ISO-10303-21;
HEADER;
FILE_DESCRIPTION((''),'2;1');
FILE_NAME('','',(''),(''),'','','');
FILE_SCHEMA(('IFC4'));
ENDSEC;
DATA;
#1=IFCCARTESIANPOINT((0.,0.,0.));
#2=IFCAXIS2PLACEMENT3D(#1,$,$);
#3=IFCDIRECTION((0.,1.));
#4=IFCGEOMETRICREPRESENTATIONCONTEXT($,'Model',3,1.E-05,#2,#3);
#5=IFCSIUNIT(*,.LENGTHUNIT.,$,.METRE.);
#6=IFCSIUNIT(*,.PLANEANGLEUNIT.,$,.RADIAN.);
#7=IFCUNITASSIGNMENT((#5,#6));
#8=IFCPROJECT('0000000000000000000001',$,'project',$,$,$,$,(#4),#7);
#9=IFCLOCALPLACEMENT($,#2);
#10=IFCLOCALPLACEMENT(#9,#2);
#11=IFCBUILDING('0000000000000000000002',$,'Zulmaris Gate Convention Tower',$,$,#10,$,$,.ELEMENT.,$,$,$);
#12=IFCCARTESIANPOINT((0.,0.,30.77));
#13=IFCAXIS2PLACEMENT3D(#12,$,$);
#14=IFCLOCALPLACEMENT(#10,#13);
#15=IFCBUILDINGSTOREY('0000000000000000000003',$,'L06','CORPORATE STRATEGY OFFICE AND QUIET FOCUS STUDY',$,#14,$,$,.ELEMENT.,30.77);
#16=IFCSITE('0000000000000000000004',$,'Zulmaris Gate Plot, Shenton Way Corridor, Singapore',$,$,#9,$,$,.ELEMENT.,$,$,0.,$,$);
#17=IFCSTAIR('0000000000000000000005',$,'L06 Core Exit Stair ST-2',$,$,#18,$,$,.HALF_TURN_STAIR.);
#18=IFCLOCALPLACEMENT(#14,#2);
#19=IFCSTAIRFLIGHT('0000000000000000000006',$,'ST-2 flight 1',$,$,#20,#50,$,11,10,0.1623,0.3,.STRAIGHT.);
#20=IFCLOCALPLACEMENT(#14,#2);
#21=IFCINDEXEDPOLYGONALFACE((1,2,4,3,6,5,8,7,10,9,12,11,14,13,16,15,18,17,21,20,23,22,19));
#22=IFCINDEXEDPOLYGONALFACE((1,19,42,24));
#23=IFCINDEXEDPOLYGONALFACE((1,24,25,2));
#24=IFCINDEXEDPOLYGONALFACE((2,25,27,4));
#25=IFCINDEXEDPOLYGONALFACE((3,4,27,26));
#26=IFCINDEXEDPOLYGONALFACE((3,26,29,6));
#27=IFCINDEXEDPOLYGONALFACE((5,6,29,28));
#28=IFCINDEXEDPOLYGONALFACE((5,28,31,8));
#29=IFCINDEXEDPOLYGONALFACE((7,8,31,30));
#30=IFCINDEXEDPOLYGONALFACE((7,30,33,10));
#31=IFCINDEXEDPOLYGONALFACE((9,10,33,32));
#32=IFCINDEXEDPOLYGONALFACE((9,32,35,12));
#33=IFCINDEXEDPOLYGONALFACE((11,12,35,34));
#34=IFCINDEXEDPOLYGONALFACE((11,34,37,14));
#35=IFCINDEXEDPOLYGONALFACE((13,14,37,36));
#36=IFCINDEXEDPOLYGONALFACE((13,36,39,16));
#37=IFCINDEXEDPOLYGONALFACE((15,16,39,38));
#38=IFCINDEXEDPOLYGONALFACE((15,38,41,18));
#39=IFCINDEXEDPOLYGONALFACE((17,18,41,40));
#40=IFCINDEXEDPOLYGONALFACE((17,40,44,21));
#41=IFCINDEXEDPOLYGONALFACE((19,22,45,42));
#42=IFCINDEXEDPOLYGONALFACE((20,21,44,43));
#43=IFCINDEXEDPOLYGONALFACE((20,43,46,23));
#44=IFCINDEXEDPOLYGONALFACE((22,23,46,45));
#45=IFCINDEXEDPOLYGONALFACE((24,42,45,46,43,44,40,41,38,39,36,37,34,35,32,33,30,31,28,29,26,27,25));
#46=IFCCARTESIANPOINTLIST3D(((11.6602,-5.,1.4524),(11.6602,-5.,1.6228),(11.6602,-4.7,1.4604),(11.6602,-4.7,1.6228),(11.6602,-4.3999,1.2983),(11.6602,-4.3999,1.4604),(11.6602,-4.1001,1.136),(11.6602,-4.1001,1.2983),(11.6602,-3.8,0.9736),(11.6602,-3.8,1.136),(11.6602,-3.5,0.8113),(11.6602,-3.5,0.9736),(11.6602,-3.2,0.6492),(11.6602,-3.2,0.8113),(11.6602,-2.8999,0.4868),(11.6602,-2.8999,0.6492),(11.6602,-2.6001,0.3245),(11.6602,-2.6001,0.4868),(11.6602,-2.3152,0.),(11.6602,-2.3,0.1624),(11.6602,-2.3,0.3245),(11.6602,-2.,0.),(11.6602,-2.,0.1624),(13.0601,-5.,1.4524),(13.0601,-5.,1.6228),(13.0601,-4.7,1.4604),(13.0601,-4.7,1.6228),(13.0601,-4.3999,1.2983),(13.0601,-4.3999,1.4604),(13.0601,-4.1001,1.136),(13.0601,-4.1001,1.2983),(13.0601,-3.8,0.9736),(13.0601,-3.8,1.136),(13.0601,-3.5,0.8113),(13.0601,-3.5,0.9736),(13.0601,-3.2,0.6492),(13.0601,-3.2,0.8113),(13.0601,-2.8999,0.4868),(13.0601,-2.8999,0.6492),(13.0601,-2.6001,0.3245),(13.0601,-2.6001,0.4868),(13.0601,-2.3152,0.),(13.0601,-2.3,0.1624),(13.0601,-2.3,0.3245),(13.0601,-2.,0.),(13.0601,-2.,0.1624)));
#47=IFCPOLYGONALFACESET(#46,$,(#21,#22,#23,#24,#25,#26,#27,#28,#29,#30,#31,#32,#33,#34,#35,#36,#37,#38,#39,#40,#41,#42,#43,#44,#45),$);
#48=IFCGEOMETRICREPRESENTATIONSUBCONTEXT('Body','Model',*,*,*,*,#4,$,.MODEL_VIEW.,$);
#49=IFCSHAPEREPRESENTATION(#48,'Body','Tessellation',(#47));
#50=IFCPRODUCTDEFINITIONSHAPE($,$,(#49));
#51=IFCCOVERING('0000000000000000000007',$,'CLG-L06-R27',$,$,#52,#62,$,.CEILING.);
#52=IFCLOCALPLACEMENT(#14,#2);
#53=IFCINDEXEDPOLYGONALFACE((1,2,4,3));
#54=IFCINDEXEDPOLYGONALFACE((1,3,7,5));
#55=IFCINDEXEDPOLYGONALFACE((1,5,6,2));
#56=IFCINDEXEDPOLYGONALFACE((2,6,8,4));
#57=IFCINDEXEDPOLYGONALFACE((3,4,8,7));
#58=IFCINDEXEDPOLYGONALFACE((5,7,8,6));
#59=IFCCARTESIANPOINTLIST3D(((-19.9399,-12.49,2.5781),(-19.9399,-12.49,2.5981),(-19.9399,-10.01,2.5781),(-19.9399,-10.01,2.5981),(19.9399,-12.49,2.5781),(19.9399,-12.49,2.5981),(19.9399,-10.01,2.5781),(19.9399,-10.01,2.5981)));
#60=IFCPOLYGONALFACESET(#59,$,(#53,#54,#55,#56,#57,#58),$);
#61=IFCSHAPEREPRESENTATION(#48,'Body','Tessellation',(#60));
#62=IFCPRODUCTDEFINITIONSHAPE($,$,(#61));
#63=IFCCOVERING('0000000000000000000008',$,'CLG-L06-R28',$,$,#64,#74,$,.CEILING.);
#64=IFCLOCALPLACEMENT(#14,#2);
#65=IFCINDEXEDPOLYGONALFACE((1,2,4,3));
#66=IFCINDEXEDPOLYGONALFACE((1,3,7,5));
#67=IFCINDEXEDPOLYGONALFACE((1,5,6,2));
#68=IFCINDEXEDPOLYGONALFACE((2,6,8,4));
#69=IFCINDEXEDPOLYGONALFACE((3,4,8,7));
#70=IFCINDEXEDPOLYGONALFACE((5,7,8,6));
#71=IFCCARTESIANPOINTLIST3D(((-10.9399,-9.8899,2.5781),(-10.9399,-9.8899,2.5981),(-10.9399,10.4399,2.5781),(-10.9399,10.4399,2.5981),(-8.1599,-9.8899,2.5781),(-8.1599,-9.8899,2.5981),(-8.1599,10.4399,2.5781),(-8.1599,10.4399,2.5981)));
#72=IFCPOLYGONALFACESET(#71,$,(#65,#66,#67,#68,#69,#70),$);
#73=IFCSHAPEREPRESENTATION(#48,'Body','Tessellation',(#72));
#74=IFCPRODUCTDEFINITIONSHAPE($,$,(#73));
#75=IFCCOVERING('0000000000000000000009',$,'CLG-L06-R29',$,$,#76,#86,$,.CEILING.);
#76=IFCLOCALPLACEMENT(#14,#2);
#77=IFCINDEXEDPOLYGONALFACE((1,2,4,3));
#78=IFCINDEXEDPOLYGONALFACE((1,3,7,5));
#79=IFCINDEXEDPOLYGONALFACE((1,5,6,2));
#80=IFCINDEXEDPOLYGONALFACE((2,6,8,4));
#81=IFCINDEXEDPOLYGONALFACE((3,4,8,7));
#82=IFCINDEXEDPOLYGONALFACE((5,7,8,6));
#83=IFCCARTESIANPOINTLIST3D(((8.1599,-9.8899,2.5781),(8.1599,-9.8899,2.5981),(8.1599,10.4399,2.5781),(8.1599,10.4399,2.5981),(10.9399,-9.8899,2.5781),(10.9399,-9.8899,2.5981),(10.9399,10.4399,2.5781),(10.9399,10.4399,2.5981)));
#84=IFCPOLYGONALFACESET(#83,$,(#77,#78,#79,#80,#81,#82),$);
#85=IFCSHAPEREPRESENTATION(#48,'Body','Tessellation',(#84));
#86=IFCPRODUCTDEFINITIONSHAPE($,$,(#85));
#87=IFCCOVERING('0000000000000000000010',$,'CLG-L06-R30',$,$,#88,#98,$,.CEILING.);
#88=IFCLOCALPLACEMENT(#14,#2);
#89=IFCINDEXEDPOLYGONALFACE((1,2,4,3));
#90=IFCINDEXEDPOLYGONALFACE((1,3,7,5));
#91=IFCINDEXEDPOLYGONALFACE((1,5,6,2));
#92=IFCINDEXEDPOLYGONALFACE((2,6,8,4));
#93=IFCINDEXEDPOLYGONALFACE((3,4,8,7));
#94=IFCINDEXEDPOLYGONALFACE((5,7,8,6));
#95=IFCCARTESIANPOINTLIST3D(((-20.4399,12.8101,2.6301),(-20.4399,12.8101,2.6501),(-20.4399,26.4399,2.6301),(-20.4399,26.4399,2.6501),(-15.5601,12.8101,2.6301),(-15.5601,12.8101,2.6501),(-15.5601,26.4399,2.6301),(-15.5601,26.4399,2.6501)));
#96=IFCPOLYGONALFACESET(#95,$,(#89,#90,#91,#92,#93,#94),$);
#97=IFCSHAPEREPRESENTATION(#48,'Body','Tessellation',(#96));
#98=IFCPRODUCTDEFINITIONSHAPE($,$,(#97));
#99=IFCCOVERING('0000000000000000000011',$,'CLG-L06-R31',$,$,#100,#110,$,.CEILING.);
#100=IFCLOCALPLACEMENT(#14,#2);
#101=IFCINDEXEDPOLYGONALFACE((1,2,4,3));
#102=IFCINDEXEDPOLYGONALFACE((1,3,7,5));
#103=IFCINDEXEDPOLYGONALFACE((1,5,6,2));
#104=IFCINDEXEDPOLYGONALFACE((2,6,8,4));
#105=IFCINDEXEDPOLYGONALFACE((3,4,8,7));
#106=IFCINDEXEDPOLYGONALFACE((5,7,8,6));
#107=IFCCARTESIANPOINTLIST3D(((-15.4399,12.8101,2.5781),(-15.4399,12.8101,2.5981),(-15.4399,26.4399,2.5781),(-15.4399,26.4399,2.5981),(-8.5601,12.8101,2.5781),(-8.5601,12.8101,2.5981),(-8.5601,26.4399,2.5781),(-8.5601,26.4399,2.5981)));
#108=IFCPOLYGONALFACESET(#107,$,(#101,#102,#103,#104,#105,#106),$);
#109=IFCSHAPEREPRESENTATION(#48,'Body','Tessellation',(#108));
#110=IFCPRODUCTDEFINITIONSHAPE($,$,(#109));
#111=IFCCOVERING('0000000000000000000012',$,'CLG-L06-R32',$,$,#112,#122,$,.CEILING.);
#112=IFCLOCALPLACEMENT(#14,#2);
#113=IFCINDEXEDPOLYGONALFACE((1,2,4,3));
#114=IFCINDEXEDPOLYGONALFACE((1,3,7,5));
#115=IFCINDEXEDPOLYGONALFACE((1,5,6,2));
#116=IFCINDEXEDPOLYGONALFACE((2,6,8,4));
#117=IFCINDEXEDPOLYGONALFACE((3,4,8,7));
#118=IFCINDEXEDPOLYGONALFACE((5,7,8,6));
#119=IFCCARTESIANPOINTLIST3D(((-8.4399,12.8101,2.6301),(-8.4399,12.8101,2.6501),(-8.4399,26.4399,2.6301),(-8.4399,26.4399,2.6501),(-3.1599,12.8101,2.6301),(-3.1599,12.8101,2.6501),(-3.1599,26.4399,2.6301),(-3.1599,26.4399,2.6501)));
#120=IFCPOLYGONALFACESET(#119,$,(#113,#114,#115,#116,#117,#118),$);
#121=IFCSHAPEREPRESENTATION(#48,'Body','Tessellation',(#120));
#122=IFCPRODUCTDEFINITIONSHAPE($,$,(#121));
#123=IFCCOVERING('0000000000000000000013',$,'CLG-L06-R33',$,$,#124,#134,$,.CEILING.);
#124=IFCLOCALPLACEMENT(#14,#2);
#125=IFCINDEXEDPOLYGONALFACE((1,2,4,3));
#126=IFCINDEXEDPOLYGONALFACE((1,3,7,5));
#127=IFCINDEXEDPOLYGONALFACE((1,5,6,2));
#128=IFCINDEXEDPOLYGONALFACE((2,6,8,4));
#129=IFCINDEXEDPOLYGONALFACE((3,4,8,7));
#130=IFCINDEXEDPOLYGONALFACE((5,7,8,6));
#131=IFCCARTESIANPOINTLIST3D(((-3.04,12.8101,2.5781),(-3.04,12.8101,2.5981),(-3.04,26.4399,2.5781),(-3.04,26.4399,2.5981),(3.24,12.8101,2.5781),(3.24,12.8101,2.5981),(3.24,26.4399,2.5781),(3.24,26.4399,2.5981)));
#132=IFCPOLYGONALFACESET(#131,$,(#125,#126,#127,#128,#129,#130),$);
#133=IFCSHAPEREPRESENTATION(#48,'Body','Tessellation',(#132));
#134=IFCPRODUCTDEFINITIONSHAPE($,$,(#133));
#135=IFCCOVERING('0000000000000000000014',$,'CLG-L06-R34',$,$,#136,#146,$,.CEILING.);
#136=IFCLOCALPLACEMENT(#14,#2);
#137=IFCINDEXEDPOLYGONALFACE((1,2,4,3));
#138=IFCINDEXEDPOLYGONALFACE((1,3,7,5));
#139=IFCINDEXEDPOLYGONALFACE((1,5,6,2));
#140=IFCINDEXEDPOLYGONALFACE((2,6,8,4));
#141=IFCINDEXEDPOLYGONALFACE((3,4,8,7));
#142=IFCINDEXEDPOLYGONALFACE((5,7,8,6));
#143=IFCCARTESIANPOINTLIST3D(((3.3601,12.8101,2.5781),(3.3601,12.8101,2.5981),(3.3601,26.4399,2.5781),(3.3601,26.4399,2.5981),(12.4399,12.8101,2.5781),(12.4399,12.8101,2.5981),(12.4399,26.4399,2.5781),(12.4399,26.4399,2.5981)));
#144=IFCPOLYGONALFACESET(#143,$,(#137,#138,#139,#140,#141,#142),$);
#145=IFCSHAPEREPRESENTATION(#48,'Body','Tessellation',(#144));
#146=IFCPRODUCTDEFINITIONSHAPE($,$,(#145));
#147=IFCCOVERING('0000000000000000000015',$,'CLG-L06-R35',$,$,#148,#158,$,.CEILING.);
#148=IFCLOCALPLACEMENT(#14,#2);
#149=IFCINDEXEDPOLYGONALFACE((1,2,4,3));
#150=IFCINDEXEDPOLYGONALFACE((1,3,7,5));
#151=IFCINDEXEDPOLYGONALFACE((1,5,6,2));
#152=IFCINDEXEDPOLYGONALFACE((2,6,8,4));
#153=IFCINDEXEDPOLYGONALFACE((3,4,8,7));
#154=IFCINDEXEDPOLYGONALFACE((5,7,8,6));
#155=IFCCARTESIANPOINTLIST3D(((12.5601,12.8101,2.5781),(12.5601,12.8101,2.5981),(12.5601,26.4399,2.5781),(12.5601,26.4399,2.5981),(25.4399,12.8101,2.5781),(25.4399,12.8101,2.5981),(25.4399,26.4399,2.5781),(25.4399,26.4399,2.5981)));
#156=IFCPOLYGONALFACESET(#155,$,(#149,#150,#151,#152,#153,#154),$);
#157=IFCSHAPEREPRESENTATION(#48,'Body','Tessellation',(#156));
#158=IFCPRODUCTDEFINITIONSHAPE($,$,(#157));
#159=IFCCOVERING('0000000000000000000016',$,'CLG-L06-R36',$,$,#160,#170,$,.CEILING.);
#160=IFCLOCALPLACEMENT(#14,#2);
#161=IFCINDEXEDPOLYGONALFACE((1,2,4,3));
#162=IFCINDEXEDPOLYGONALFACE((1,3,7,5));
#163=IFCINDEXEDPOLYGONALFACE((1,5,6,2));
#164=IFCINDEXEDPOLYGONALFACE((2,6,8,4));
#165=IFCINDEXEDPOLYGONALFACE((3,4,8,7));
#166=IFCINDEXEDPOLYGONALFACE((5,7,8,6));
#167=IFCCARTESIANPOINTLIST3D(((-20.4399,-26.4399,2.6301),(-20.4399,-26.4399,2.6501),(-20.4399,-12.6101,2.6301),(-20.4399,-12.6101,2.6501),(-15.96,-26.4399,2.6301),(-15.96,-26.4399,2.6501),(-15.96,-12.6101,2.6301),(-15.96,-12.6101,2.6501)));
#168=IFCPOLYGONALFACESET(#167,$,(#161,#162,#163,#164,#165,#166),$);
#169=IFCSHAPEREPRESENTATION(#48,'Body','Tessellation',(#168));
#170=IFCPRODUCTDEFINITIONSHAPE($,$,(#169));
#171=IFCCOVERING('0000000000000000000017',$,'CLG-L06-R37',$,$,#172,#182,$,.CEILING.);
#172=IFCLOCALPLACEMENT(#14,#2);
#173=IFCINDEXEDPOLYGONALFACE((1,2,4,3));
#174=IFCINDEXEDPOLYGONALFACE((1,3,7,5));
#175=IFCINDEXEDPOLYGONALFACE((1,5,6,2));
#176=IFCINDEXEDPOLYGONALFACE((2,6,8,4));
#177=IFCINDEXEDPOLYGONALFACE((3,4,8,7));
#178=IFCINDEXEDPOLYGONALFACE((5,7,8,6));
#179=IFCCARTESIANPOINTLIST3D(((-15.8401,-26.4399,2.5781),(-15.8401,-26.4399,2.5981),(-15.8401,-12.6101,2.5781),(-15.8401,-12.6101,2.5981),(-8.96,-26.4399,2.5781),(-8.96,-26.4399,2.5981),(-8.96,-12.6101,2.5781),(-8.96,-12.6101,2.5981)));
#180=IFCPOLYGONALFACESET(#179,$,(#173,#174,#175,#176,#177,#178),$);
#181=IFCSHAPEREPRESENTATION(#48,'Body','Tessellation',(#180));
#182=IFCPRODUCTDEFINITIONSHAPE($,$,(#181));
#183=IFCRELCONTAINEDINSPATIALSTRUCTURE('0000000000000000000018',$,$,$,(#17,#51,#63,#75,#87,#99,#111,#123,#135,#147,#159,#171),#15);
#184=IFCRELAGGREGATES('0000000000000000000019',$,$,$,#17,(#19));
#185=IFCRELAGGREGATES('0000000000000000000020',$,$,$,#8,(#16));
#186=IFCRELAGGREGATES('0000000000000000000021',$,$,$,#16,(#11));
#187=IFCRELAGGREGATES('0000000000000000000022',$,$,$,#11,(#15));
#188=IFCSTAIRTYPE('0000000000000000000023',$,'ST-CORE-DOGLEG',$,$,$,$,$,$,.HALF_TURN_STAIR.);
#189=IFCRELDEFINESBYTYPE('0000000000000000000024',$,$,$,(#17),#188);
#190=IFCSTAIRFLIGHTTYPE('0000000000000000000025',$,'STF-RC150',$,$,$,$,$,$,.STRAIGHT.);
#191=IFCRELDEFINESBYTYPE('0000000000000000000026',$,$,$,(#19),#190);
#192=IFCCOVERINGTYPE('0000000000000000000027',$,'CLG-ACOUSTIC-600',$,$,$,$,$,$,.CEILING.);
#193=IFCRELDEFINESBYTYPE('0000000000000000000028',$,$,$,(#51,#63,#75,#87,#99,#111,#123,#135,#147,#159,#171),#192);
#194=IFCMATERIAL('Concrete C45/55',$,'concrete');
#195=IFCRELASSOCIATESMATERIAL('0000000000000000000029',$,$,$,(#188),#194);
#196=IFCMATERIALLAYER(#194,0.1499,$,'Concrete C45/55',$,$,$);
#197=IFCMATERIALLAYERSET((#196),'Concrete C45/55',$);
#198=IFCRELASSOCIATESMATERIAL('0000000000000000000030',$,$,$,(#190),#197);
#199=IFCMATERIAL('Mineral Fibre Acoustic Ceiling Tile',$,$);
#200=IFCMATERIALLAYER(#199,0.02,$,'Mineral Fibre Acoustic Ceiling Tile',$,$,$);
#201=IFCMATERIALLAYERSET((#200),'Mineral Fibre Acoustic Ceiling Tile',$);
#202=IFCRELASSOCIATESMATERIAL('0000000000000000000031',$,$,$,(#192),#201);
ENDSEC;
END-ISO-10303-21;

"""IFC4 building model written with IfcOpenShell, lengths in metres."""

from ifc_helpers import new_model, si_unit, direction, frame, origin, place, context, subcontext, project, spatial, polyline, outline, extrude, material, layer, layer_set, type_object, element, aggregate, save


model = new_model("IFC4")

# Units and contexts
model_context = context("Model", 3, precision=1e-05, world=origin(), true_north=direction((0.0, 1.0)))
body_context = subcontext(model_context, "Body", "Model", "MODEL_VIEW")
ifc_project = project(units=[si_unit("LENGTHUNIT", "METRE"), si_unit("PLANEANGLEUNIT", "RADIAN")], contexts=[model_context])

# Site, building, storey
site_placement = place(None, origin())
site = spatial("IfcSite", under=ifc_project, at=site_placement, Name="Zulmaris Gate Plot, Shenton Way Corridor, Singapore", CompositionType="ELEMENT", RefElevation=0.0)
building_placement = place(site_placement, origin())
building = spatial("IfcBuilding", under=site, at=building_placement, Name="Zulmaris Gate Convention Tower", CompositionType="ELEMENT")
storey_placement = place(building_placement, frame((0.0, 0.0, 30.77)))
storey = spatial("IfcBuildingStorey", under=building, at=storey_placement, Name="L06", Description="CORPORATE STRATEGY OFFICE AND QUIET FOCUS STUDY", CompositionType="ELEMENT", Elevation=30.77)

# Stair, stair flight
ifc_material_1 = material(Name="Concrete C45/55", Category="concrete")
stair_type = type_object("IfcStairType", Name="ST-CORE-DOGLEG", PredefinedType="HALF_TURN_STAIR", material=ifc_material_1)
stair_placement = place(storey_placement, origin())
stair = element("IfcStair", 1, at=stair_placement, inside=storey, type_object=stair_type, Name="L06 Core Exit Stair ST-2", PredefinedType="HALF_TURN_STAIR")
ifc_layer_1 = layer(ifc_material_1, 0.1499, Name="Concrete C45/55")
ifc_layer_set_1 = layer_set([ifc_layer_1], Name="Concrete C45/55")
stair_flight_type = type_object("IfcStairFlightType", Name="STF-RC150", PredefinedType="STRAIGHT", material=ifc_layer_set_1)
stair_flight_placement = place(storey_placement, frame((12.3601, -2.0, 0.0), z_axis=(0.0, 0.0, 1.0), x_axis=(0.0, -1.0, 0.0)))
stair_flight = element("IfcStairFlight", 2, at=stair_flight_placement, type_object=stair_flight_type, Name="ST-2 flight 1", NumberOfRisers=11, NumberOfTreads=10, PredefinedType="STRAIGHT", RiserHeight=0.1623, TreadLength=0.3, context=body_context, shape_type="SweptSolid", body=[
    extrude(outline(polyline([(0.0, 0.0), (0.0, 0.1624), (0.3, 0.1624), (0.3, 0.3245), (0.6001, 0.3245), (0.6001, 0.4868), (0.8999, 0.4868), (0.8999, 0.6492), (1.2, 0.6492), (1.2, 0.8113), (1.5, 0.8113), (1.5, 0.9736), (1.8, 0.9736), (1.8, 1.136), (2.1001, 1.136), (2.1001, 1.2983), (2.3999, 1.2983), (2.3999, 1.4604), (2.7, 1.4604), (2.7, 1.6228), (3.0, 1.6228), (3.0, 1.7852), (3.0, 1.4524), (0.3152, 0.0), (0.0, 0.0)])), frame((0.0, 0.7, 0.0), z_axis=(0.0, -1.0, 0.0), x_axis=(1.0, 0.0, 0.0)), (0.0, 0.0, 1.0), 1.3999),
])
aggregate(stair, [stair_flight])

# Coverings
ifc_material_2 = material(Name="Mineral Fibre Acoustic Ceiling Tile")
ifc_layer_2 = layer(ifc_material_2, 0.02, Name="Mineral Fibre Acoustic Ceiling Tile")
ifc_layer_set_2 = layer_set([ifc_layer_2], Name="Mineral Fibre Acoustic Ceiling Tile")
covering_type_1 = type_object("IfcCoveringType", Name="CLG-ACOUSTIC-600", PredefinedType="CEILING", material=ifc_layer_set_2)
covering_1_placement = place(storey_placement, frame((0.0, 0.0, 2.5781)))
element("IfcCovering", 3, at=covering_1_placement, inside=storey, type_object=covering_type_1, Name="CLG-L06-R27", PredefinedType="CEILING", context=body_context, shape_type="SweptSolid", body=[
    extrude(outline(polyline([(-19.9399, -12.49), (19.9399, -12.49), (19.9399, -10.01), (-19.9399, -10.01), (-19.9399, -12.49)])), origin(), (0.0, 0.0, 1.0), 0.02),
])
covering_2_placement = place(storey_placement, frame((0.0, 0.0, 2.5781)))
element("IfcCovering", 4, at=covering_2_placement, inside=storey, type_object=covering_type_1, Name="CLG-L06-R28", PredefinedType="CEILING", context=body_context, shape_type="SweptSolid", body=[
    extrude(outline(polyline([(-10.9399, -9.8899), (-8.1599, -9.8899), (-8.1599, 10.4399), (-10.9399, 10.4399), (-10.9399, -9.8899)])), origin(), (0.0, 0.0, 1.0), 0.02),
])
covering_3_placement = place(storey_placement, frame((0.0, 0.0, 2.5781)))
element("IfcCovering", 5, at=covering_3_placement, inside=storey, type_object=covering_type_1, Name="CLG-L06-R29", PredefinedType="CEILING", context=body_context, shape_type="SweptSolid", body=[
    extrude(outline(polyline([(8.1599, -9.8899), (10.9399, -9.8899), (10.9399, 10.4399), (8.1599, 10.4399), (8.1599, -9.8899)])), origin(), (0.0, 0.0, 1.0), 0.02),
])
covering_4_placement = place(storey_placement, frame((0.0, 0.0, 2.6301)))
element("IfcCovering", 6, at=covering_4_placement, inside=storey, type_object=covering_type_1, Name="CLG-L06-R30", PredefinedType="CEILING", context=body_context, shape_type="SweptSolid", body=[
    extrude(outline(polyline([(-20.4399, 12.8101), (-15.5601, 12.8101), (-15.5601, 26.4399), (-20.4399, 26.4399), (-20.4399, 12.8101)])), origin(), (0.0, 0.0, 1.0), 0.02),
])
covering_5_placement = place(storey_placement, frame((0.0, 0.0, 2.5781)))
element("IfcCovering", 7, at=covering_5_placement, inside=storey, type_object=covering_type_1, Name="CLG-L06-R31", PredefinedType="CEILING", context=body_context, shape_type="SweptSolid", body=[
    extrude(outline(polyline([(-15.4399, 12.8101), (-8.5601, 12.8101), (-8.5601, 26.4399), (-15.4399, 26.4399), (-15.4399, 12.8101)])), origin(), (0.0, 0.0, 1.0), 0.02),
])
covering_6_placement = place(storey_placement, frame((0.0, 0.0, 2.6301)))
element("IfcCovering", 8, at=covering_6_placement, inside=storey, type_object=covering_type_1, Name="CLG-L06-R32", PredefinedType="CEILING", context=body_context, shape_type="SweptSolid", body=[
    extrude(outline(polyline([(-8.4399, 12.8101), (-3.1599, 12.8101), (-3.1599, 26.4399), (-8.4399, 26.4399), (-8.4399, 12.8101)])), origin(), (0.0, 0.0, 1.0), 0.02),
])
covering_7_placement = place(storey_placement, frame((0.0, 0.0, 2.5781)))
element("IfcCovering", 9, at=covering_7_placement, inside=storey, type_object=covering_type_1, Name="CLG-L06-R33", PredefinedType="CEILING", context=body_context, shape_type="SweptSolid", body=[
    extrude(outline(polyline([(-3.04, 12.8101), (3.24, 12.8101), (3.24, 26.4399), (-3.04, 26.4399), (-3.04, 12.8101)])), origin(), (0.0, 0.0, 1.0), 0.02),
])
covering_8_placement = place(storey_placement, frame((0.0, 0.0, 2.5781)))
element("IfcCovering", 10, at=covering_8_placement, inside=storey, type_object=covering_type_1, Name="CLG-L06-R34", PredefinedType="CEILING", context=body_context, shape_type="SweptSolid", body=[
    extrude(outline(polyline([(3.3601, 12.8101), (12.4399, 12.8101), (12.4399, 26.4399), (3.3601, 26.4399), (3.3601, 12.8101)])), origin(), (0.0, 0.0, 1.0), 0.02),
])
covering_9_placement = place(storey_placement, frame((0.0, 0.0, 2.5781)))
element("IfcCovering", 11, at=covering_9_placement, inside=storey, type_object=covering_type_1, Name="CLG-L06-R35", PredefinedType="CEILING", context=body_context, shape_type="SweptSolid", body=[
    extrude(outline(polyline([(12.5601, 12.8101), (25.4399, 12.8101), (25.4399, 26.4399), (12.5601, 26.4399), (12.5601, 12.8101)])), origin(), (0.0, 0.0, 1.0), 0.02),
])
covering_10_placement = place(storey_placement, frame((0.0, 0.0, 2.6301)))
element("IfcCovering", 12, at=covering_10_placement, inside=storey, type_object=covering_type_1, Name="CLG-L06-R36", PredefinedType="CEILING", context=body_context, shape_type="SweptSolid", body=[
    extrude(outline(polyline([(-20.4399, -26.4399), (-15.96, -26.4399), (-15.96, -12.6101), (-20.4399, -12.6101), (-20.4399, -26.4399)])), origin(), (0.0, 0.0, 1.0), 0.02),
])
covering_11_placement = place(storey_placement, frame((0.0, 0.0, 2.5781)))
element("IfcCovering", 13, at=covering_11_placement, inside=storey, type_object=covering_type_1, Name="CLG-L06-R37", PredefinedType="CEILING", context=body_context, shape_type="SweptSolid", body=[
    extrude(outline(polyline([(-15.8401, -26.4399), (-8.96, -26.4399), (-8.96, -12.6101), (-15.8401, -12.6101), (-15.8401, -26.4399)])), origin(), (0.0, 0.0, 1.0), 0.02),
])

save(model, "model.ifc")
